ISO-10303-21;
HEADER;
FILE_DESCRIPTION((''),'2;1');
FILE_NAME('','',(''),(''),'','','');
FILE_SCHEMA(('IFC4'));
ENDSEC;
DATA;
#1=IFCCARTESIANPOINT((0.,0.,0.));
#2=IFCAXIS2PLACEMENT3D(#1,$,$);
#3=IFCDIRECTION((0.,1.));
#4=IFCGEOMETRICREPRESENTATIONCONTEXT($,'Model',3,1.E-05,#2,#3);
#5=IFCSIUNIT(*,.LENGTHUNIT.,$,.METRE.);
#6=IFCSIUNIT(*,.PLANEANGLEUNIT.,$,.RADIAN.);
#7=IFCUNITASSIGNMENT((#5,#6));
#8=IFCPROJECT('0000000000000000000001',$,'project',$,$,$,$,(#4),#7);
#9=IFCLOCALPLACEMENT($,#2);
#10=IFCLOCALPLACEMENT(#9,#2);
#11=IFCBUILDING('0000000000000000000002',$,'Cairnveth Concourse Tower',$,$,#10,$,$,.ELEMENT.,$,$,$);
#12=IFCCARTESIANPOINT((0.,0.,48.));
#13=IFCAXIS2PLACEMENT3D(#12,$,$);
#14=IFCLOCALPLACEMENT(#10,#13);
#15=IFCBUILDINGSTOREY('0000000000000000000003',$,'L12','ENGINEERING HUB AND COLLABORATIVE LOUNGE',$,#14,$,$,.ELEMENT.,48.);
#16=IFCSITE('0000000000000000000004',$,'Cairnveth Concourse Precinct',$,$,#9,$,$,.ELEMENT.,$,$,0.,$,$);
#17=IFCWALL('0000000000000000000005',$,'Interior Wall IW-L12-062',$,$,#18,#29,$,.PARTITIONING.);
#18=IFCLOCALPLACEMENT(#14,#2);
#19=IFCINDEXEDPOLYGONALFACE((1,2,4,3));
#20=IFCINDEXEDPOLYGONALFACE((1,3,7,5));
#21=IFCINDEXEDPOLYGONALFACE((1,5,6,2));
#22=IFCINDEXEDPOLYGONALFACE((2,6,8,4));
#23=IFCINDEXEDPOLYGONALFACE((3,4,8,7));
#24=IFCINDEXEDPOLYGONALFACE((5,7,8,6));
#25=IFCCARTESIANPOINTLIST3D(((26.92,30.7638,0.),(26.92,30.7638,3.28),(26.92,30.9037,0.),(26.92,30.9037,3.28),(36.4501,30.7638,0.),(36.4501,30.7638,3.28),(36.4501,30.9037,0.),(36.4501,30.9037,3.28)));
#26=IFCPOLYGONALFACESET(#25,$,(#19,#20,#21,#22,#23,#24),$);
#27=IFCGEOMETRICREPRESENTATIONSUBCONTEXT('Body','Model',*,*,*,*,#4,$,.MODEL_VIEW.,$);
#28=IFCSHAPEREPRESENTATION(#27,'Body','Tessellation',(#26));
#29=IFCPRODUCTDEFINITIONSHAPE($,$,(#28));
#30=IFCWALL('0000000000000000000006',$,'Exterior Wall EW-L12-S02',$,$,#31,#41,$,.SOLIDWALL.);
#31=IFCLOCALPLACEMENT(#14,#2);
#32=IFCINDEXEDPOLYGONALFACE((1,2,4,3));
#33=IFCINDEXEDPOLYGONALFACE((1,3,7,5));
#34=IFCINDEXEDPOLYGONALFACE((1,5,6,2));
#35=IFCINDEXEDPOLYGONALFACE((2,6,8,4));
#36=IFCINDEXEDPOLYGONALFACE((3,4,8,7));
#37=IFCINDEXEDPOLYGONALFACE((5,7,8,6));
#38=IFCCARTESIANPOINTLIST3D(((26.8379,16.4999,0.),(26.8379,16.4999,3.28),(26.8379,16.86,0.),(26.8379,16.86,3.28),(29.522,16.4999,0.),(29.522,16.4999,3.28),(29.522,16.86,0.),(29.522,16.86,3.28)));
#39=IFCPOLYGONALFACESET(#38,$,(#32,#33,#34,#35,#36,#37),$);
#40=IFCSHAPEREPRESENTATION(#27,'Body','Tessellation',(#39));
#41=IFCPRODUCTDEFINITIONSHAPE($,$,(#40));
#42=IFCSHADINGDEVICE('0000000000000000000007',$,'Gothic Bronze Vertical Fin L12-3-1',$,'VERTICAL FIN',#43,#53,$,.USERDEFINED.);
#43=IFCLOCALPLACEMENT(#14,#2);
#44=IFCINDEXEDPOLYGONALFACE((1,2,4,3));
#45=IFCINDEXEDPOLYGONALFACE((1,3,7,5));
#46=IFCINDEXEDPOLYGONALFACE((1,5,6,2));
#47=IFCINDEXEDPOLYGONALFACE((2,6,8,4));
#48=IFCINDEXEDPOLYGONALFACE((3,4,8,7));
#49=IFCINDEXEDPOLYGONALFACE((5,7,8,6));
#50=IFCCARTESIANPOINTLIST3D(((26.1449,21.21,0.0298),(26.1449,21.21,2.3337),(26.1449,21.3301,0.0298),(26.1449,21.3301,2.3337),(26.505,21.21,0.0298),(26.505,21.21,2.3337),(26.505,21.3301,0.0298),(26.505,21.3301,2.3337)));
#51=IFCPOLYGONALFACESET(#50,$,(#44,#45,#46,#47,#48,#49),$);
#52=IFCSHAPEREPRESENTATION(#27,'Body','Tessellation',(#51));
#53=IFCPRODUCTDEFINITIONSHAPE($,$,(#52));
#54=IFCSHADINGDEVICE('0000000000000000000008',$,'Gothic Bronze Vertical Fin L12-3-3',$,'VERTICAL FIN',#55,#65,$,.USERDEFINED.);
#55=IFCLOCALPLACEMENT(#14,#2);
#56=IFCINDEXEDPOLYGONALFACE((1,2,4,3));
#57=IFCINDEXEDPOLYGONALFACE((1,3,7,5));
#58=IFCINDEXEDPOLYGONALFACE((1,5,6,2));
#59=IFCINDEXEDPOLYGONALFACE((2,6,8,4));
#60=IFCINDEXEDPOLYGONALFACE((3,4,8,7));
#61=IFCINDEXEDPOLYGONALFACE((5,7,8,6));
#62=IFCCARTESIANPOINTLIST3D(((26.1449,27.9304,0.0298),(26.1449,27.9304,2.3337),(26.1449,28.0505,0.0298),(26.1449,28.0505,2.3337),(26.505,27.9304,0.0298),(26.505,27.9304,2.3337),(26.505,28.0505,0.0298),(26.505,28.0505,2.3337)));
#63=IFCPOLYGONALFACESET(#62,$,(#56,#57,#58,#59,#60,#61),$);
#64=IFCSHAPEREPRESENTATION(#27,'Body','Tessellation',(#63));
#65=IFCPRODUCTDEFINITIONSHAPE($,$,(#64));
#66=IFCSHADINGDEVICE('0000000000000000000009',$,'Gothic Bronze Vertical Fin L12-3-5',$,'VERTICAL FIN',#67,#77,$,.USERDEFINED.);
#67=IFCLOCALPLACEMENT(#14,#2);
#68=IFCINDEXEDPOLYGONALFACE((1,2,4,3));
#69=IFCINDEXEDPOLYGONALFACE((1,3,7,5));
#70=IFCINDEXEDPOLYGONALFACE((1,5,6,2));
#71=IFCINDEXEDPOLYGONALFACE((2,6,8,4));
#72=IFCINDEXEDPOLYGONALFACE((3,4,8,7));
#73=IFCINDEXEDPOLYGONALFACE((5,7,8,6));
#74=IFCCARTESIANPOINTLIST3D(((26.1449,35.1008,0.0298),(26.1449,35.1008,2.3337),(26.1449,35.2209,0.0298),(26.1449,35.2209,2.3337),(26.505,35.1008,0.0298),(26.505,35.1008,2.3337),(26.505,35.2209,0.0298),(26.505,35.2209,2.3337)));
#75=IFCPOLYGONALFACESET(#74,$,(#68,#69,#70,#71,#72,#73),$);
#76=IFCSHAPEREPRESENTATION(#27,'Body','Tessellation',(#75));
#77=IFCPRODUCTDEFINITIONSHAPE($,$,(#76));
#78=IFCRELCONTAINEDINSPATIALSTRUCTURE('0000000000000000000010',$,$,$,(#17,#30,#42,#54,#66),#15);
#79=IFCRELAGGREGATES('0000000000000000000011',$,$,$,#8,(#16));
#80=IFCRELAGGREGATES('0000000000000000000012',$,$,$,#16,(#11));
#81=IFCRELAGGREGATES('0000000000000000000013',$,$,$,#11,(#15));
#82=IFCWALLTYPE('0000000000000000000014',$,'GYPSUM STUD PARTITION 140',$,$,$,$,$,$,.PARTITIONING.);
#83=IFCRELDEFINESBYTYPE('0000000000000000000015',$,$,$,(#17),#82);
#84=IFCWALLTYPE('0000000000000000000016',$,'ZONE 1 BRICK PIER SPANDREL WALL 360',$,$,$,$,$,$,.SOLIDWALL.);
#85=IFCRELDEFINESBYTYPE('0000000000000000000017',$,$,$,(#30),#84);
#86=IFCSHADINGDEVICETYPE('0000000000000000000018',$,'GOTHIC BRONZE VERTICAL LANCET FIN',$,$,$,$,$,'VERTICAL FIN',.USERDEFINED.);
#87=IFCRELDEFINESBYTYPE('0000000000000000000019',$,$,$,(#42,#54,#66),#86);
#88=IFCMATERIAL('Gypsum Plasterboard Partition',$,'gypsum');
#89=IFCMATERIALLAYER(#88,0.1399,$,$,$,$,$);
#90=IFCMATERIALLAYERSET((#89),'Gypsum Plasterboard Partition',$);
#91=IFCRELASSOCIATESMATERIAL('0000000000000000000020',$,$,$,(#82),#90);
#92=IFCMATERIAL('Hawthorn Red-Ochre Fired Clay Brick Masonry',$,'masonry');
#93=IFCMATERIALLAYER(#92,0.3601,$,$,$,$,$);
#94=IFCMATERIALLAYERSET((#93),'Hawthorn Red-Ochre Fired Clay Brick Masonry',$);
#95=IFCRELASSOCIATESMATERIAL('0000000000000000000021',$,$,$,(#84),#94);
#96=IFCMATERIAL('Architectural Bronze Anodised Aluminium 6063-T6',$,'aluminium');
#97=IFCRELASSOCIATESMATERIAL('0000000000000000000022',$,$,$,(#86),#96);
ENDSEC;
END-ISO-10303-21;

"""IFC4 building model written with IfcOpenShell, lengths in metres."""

from ifc_helpers import new_model, si_unit, direction, frame, frame_2d, origin, origin_2d, place, context, subcontext, project, spatial, rectangle, extrude, material, layer, layer_set, type_object, element, save


model = new_model("IFC4")

# Units and contexts
model_context = context("Model", 3, precision=1e-05, world=origin(), true_north=direction((0.0, 1.0)))
body_context = subcontext(model_context, "Body", "Model", "MODEL_VIEW")
ifc_project = project(units=[si_unit("LENGTHUNIT", "METRE"), si_unit("PLANEANGLEUNIT", "RADIAN")], contexts=[model_context])

# Site, building, storey
site_placement = place(None, origin())
site = spatial("IfcSite", under=ifc_project, at=site_placement, Name="Cairnveth Concourse Precinct", CompositionType="ELEMENT", RefElevation=0.0)
building_placement = place(site_placement, origin())
building = spatial("IfcBuilding", under=site, at=building_placement, Name="Cairnveth Concourse Tower", CompositionType="ELEMENT")
storey_placement = place(building_placement, frame((0.0, 0.0, 48.0)))
storey = spatial("IfcBuildingStorey", under=building, at=storey_placement, Name="L12", Description="ENGINEERING HUB AND COLLABORATIVE LOUNGE", CompositionType="ELEMENT", Elevation=48.0)

# Walls
ifc_material_1 = material(Name="Gypsum Plasterboard Partition", Category="gypsum")
ifc_layer_1 = layer(ifc_material_1, 0.1399)
ifc_layer_set_1 = layer_set([ifc_layer_1], Name="Gypsum Plasterboard Partition")
wall_type_1 = type_object("IfcWallType", Name="GYPSUM STUD PARTITION 140", PredefinedType="PARTITIONING", material=ifc_layer_set_1)
wall_1_placement = place(storey_placement, frame((26.9199, 30.8337, 0.0), z_axis=(0.0, 0.0, 1.0), x_axis=(1.0, 0.0, 0.0)))
element("IfcWall", 1, at=wall_1_placement, inside=storey, type_object=wall_type_1, Name="Interior Wall IW-L12-062", PredefinedType="PARTITIONING", context=body_context, shape_type="SweptSolid", body=[
    extrude(rectangle(XDim=9.53, YDim=0.1399, at=frame_2d((4.7651, 0.0))), origin(), (0.0, 0.0, 1.0), 3.28),
])
ifc_material_2 = material(Name="Hawthorn Red-Ochre Fired Clay Brick Masonry", Category="masonry")
ifc_layer_2 = layer(ifc_material_2, 0.3601)
ifc_layer_set_2 = layer_set([ifc_layer_2], Name="Hawthorn Red-Ochre Fired Clay Brick Masonry")
wall_type_2 = type_object("IfcWallType", Name="ZONE 1 BRICK PIER SPANDREL WALL 360", PredefinedType="SOLIDWALL", material=ifc_layer_set_2)
wall_2_placement = place(storey_placement, frame((29.522, 16.6799, 0.0), z_axis=(0.0, 0.0, 1.0), x_axis=(-1.0, 0.0, 0.0)))
element("IfcWall", 2, at=wall_2_placement, inside=storey, type_object=wall_type_2, Name="Exterior Wall EW-L12-S02", PredefinedType="SOLIDWALL", context=body_context, shape_type="SweptSolid", body=[
    extrude(rectangle(XDim=2.6841, YDim=0.3601, at=frame_2d((1.342, 0.0))), origin(), (0.0, 0.0, 1.0), 3.28),
])

# Shading devices
ifc_material_3 = material(Name="Architectural Bronze Anodised Aluminium 6063-T6", Category="aluminium")
shading_device_type = type_object("IfcShadingDeviceType", Name="GOTHIC BRONZE VERTICAL LANCET FIN", ElementType="VERTICAL FIN", PredefinedType="USERDEFINED", material=ifc_material_3)
for number, where, z_axis, x_axis, name in (
    (3, (26.325, 21.27, 0.0298), (0.0, 0.0, 1.0), (0.0, 1.0, 0.0), "Gothic Bronze Vertical Fin L12-3-1"),
    (4, (26.325, 27.9905, 0.0298), (0.0, 0.0, 1.0), (0.0, 1.0, 0.0), "Gothic Bronze Vertical Fin L12-3-3"),
    (5, (26.325, 35.1609, 0.0298), (0.0, 0.0, 1.0), (0.0, 1.0, 0.0), "Gothic Bronze Vertical Fin L12-3-5"),
):
    element("IfcShadingDevice", number, at=place(storey_placement, frame(where, z_axis=z_axis, x_axis=x_axis)), inside=storey, type_object=shading_device_type, Name=name, ObjectType="VERTICAL FIN", PredefinedType="USERDEFINED", context=body_context, shape_type="SweptSolid", body=[
        extrude(rectangle(XDim=0.1201, YDim=0.3601, at=origin_2d()), origin(), (0.0, 0.0, 1.0), 2.304),
    ])

save(model, "model.ifc")
